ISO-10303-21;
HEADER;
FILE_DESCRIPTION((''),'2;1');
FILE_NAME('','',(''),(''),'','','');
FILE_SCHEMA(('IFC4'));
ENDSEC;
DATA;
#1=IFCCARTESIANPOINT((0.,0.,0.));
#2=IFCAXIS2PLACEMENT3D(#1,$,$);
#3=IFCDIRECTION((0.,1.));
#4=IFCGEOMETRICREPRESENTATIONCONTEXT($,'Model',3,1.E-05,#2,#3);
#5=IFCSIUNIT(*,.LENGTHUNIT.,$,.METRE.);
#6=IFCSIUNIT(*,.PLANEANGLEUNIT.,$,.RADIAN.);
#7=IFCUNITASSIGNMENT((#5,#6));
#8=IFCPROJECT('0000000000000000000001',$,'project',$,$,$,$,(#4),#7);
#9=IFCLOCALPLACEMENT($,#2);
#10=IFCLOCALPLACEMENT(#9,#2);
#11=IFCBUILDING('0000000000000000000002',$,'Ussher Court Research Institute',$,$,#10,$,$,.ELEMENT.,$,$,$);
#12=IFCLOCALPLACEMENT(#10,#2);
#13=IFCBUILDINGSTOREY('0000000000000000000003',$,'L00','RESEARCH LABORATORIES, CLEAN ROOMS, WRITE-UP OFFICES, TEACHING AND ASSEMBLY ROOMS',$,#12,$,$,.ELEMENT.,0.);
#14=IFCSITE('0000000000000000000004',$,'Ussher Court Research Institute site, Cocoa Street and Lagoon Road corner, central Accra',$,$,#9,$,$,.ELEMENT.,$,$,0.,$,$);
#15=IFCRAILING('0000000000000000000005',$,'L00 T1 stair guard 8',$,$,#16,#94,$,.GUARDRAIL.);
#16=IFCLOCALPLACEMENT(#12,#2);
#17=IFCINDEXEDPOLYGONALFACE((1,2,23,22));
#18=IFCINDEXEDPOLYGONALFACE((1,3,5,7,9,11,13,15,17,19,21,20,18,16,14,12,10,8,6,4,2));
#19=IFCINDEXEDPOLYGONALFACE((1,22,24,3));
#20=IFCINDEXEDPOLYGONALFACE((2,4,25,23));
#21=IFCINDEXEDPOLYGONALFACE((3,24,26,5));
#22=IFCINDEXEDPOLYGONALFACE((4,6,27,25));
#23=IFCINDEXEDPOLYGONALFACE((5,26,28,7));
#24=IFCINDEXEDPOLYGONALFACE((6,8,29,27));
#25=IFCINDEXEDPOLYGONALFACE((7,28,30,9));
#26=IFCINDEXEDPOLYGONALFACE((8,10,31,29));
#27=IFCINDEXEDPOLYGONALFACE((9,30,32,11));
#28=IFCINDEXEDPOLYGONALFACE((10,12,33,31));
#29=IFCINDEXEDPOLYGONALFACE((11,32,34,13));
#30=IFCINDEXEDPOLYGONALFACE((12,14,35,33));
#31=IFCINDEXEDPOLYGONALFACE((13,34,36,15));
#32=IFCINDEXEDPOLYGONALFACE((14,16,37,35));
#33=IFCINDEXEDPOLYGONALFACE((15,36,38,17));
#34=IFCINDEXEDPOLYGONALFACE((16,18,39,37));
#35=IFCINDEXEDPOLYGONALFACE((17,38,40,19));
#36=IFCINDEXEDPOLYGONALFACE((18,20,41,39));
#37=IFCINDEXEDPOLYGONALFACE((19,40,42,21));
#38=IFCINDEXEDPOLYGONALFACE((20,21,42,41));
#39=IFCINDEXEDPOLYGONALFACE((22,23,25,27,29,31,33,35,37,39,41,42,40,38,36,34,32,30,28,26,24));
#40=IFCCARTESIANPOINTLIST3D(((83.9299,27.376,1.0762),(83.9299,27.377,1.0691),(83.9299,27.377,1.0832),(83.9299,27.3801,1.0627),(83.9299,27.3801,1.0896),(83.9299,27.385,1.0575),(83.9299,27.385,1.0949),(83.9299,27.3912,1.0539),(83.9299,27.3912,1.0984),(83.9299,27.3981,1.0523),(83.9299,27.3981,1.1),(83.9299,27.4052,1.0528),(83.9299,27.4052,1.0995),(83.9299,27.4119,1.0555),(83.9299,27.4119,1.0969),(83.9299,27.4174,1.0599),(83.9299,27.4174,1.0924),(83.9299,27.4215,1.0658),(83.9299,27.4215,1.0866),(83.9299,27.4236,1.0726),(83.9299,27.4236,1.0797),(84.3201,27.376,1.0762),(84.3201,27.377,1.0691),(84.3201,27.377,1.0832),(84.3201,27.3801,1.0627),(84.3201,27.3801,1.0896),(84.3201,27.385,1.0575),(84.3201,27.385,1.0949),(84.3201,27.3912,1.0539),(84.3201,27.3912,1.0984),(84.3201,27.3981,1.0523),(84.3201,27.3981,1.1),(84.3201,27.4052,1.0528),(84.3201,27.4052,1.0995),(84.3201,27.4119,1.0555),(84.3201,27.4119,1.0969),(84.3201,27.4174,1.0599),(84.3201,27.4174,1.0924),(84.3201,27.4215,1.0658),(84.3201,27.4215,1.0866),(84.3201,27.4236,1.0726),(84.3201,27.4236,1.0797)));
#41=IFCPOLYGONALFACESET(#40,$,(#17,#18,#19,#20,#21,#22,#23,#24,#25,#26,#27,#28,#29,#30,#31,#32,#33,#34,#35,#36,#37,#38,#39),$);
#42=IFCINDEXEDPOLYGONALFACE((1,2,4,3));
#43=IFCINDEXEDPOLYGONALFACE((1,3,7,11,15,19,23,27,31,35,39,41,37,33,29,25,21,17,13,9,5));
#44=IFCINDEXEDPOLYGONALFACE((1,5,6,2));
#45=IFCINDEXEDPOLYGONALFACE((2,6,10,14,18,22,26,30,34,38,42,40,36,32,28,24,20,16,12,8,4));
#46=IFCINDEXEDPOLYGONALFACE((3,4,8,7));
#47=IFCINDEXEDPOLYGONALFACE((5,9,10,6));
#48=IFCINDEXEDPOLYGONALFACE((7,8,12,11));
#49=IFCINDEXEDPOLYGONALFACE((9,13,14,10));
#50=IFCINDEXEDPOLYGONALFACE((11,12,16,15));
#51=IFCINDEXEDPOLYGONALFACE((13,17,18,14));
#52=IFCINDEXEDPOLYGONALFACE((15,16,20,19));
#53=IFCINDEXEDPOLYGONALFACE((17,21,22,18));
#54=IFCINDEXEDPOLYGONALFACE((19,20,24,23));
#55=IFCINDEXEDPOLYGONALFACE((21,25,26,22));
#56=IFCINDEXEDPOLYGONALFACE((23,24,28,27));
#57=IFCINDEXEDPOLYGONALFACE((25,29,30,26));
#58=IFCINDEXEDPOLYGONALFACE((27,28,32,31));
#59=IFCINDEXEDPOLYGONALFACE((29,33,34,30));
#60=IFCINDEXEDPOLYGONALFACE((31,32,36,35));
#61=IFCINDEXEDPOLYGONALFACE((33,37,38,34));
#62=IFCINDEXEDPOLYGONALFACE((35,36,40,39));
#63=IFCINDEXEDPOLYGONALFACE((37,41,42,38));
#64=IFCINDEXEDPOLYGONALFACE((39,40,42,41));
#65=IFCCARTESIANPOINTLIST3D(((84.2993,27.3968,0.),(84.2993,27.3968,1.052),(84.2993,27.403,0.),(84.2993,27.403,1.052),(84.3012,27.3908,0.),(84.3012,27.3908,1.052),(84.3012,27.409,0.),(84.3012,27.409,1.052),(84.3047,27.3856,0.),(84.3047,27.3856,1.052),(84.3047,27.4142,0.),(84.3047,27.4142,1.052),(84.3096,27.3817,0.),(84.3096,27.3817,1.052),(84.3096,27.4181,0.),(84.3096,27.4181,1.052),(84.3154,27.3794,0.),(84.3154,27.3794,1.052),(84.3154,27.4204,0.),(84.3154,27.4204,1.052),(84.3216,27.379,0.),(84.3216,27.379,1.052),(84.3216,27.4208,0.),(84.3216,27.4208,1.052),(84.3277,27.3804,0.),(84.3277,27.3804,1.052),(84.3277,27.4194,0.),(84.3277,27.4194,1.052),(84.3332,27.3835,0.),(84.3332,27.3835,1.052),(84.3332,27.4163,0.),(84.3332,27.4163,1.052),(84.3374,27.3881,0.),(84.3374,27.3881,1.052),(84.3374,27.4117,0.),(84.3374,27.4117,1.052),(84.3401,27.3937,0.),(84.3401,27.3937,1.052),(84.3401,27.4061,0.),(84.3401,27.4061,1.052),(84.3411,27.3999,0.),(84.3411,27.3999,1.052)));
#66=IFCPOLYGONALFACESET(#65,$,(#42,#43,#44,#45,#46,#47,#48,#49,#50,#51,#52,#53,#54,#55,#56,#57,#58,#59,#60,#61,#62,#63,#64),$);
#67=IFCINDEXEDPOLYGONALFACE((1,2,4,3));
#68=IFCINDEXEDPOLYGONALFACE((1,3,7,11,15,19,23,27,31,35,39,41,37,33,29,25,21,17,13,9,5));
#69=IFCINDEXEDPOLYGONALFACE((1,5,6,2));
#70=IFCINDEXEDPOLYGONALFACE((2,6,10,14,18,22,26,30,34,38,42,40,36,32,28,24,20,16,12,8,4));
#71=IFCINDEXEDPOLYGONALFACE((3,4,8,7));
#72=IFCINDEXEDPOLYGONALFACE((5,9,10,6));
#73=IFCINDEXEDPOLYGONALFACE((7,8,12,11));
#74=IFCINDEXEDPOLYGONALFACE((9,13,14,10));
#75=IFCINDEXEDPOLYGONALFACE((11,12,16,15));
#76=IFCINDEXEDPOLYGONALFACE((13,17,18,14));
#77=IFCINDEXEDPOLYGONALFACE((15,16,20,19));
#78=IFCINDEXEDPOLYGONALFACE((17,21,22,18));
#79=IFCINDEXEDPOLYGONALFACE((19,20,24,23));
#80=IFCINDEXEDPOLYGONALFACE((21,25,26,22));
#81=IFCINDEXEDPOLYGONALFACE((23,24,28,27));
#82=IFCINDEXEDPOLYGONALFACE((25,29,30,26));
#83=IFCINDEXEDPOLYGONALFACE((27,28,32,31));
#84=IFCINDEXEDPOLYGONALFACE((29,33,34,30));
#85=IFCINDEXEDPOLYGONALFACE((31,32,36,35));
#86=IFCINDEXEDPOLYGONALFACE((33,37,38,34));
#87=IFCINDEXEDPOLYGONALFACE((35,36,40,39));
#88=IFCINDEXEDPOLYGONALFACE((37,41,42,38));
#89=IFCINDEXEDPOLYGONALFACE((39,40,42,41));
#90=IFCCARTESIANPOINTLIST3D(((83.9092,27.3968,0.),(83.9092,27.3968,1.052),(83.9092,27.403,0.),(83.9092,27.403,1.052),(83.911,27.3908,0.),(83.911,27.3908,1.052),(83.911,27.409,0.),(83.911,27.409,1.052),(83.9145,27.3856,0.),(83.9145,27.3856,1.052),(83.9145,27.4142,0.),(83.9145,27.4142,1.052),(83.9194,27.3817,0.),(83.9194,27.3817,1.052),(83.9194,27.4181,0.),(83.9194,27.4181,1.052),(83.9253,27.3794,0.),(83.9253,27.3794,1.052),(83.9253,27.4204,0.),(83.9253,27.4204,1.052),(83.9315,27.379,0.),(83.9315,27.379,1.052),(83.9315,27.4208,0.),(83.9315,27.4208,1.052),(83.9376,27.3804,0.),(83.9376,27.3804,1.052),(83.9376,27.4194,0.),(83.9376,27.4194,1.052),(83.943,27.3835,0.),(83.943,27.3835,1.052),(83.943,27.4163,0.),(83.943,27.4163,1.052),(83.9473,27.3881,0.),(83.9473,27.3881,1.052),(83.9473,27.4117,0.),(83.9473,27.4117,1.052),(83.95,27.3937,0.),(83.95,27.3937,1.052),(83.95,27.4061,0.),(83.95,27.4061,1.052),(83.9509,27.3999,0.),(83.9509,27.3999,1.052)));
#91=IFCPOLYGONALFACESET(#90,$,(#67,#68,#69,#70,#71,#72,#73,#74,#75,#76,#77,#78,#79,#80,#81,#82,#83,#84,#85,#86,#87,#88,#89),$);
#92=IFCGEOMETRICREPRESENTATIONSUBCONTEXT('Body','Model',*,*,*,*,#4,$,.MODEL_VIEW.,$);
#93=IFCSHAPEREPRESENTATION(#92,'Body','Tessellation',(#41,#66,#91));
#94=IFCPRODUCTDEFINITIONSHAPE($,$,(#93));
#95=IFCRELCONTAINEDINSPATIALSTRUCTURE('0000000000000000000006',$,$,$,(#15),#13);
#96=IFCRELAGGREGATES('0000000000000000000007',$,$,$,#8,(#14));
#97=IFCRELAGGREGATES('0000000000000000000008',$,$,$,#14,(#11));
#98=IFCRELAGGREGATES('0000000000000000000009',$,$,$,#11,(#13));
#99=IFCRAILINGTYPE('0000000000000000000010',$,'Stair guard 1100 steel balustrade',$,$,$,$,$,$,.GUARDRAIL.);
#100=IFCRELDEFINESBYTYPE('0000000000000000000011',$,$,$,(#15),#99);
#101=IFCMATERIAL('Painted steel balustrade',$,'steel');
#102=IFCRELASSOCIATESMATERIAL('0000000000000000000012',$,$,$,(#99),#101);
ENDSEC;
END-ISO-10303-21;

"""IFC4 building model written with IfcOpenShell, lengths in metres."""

from ifc_helpers import new_model, si_unit, direction, frame, origin, origin_2d, place, context, subcontext, project, spatial, circle, extrude, material, type_object, element, save


model = new_model("IFC4")

# Units and contexts
model_context = context("Model", 3, precision=1e-05, world=origin(), true_north=direction((0.0, 1.0)))
body_context = subcontext(model_context, "Body", "Model", "MODEL_VIEW")
ifc_project = project(units=[si_unit("LENGTHUNIT", "METRE"), si_unit("PLANEANGLEUNIT", "RADIAN")], contexts=[model_context])

# Site, building, storey
site_placement = place(None, origin())
site = spatial("IfcSite", under=ifc_project, at=site_placement, Name="Ussher Court Research Institute site, Cocoa Street and Lagoon Road corner, central Accra", CompositionType="ELEMENT", RefElevation=0.0)
building_placement = place(site_placement, origin())
building = spatial("IfcBuilding", under=site, at=building_placement, Name="Ussher Court Research Institute", CompositionType="ELEMENT")
storey_placement = place(building_placement, origin())
storey = spatial("IfcBuildingStorey", under=building, at=storey_placement, Name="L00", Description="RESEARCH LABORATORIES, CLEAN ROOMS, WRITE-UP OFFICES, TEACHING AND ASSEMBLY ROOMS", CompositionType="ELEMENT", Elevation=0.0)

# Railing
ifc_material_1 = material(Name="Painted steel balustrade", Category="steel")
railing_type_1 = type_object("IfcRailingType", Name="Stair guard 1100 steel balustrade", PredefinedType="GUARDRAIL", material=ifc_material_1)
railing_1_placement = place(storey_placement, frame((84.3201, 27.3999, 0.0)))
element("IfcRailing", 1, at=railing_1_placement, inside=storey, type_object=railing_type_1, Name="L00 T1 stair guard 8", PredefinedType="GUARDRAIL", context=body_context, shape_type="SweptSolid", body=[
    extrude(circle(Radius=0.0239, at=origin_2d()), frame((0.0, 0.0, 1.0762), z_axis=(-1.0, 0.0, 0.0), x_axis=(0.0, -1.0, 0.0)), (0.0, 0.0, 1.0), 0.3901),
    extrude(circle(Radius=0.021, at=origin_2d()), origin(), (0.0, 0.0, 1.0), 1.052),
    extrude(circle(Radius=0.021, at=origin_2d()), frame((-0.3901, 0.0, 0.0)), (0.0, 0.0, 1.0), 1.052),
])

save(model, "model.ifc")
